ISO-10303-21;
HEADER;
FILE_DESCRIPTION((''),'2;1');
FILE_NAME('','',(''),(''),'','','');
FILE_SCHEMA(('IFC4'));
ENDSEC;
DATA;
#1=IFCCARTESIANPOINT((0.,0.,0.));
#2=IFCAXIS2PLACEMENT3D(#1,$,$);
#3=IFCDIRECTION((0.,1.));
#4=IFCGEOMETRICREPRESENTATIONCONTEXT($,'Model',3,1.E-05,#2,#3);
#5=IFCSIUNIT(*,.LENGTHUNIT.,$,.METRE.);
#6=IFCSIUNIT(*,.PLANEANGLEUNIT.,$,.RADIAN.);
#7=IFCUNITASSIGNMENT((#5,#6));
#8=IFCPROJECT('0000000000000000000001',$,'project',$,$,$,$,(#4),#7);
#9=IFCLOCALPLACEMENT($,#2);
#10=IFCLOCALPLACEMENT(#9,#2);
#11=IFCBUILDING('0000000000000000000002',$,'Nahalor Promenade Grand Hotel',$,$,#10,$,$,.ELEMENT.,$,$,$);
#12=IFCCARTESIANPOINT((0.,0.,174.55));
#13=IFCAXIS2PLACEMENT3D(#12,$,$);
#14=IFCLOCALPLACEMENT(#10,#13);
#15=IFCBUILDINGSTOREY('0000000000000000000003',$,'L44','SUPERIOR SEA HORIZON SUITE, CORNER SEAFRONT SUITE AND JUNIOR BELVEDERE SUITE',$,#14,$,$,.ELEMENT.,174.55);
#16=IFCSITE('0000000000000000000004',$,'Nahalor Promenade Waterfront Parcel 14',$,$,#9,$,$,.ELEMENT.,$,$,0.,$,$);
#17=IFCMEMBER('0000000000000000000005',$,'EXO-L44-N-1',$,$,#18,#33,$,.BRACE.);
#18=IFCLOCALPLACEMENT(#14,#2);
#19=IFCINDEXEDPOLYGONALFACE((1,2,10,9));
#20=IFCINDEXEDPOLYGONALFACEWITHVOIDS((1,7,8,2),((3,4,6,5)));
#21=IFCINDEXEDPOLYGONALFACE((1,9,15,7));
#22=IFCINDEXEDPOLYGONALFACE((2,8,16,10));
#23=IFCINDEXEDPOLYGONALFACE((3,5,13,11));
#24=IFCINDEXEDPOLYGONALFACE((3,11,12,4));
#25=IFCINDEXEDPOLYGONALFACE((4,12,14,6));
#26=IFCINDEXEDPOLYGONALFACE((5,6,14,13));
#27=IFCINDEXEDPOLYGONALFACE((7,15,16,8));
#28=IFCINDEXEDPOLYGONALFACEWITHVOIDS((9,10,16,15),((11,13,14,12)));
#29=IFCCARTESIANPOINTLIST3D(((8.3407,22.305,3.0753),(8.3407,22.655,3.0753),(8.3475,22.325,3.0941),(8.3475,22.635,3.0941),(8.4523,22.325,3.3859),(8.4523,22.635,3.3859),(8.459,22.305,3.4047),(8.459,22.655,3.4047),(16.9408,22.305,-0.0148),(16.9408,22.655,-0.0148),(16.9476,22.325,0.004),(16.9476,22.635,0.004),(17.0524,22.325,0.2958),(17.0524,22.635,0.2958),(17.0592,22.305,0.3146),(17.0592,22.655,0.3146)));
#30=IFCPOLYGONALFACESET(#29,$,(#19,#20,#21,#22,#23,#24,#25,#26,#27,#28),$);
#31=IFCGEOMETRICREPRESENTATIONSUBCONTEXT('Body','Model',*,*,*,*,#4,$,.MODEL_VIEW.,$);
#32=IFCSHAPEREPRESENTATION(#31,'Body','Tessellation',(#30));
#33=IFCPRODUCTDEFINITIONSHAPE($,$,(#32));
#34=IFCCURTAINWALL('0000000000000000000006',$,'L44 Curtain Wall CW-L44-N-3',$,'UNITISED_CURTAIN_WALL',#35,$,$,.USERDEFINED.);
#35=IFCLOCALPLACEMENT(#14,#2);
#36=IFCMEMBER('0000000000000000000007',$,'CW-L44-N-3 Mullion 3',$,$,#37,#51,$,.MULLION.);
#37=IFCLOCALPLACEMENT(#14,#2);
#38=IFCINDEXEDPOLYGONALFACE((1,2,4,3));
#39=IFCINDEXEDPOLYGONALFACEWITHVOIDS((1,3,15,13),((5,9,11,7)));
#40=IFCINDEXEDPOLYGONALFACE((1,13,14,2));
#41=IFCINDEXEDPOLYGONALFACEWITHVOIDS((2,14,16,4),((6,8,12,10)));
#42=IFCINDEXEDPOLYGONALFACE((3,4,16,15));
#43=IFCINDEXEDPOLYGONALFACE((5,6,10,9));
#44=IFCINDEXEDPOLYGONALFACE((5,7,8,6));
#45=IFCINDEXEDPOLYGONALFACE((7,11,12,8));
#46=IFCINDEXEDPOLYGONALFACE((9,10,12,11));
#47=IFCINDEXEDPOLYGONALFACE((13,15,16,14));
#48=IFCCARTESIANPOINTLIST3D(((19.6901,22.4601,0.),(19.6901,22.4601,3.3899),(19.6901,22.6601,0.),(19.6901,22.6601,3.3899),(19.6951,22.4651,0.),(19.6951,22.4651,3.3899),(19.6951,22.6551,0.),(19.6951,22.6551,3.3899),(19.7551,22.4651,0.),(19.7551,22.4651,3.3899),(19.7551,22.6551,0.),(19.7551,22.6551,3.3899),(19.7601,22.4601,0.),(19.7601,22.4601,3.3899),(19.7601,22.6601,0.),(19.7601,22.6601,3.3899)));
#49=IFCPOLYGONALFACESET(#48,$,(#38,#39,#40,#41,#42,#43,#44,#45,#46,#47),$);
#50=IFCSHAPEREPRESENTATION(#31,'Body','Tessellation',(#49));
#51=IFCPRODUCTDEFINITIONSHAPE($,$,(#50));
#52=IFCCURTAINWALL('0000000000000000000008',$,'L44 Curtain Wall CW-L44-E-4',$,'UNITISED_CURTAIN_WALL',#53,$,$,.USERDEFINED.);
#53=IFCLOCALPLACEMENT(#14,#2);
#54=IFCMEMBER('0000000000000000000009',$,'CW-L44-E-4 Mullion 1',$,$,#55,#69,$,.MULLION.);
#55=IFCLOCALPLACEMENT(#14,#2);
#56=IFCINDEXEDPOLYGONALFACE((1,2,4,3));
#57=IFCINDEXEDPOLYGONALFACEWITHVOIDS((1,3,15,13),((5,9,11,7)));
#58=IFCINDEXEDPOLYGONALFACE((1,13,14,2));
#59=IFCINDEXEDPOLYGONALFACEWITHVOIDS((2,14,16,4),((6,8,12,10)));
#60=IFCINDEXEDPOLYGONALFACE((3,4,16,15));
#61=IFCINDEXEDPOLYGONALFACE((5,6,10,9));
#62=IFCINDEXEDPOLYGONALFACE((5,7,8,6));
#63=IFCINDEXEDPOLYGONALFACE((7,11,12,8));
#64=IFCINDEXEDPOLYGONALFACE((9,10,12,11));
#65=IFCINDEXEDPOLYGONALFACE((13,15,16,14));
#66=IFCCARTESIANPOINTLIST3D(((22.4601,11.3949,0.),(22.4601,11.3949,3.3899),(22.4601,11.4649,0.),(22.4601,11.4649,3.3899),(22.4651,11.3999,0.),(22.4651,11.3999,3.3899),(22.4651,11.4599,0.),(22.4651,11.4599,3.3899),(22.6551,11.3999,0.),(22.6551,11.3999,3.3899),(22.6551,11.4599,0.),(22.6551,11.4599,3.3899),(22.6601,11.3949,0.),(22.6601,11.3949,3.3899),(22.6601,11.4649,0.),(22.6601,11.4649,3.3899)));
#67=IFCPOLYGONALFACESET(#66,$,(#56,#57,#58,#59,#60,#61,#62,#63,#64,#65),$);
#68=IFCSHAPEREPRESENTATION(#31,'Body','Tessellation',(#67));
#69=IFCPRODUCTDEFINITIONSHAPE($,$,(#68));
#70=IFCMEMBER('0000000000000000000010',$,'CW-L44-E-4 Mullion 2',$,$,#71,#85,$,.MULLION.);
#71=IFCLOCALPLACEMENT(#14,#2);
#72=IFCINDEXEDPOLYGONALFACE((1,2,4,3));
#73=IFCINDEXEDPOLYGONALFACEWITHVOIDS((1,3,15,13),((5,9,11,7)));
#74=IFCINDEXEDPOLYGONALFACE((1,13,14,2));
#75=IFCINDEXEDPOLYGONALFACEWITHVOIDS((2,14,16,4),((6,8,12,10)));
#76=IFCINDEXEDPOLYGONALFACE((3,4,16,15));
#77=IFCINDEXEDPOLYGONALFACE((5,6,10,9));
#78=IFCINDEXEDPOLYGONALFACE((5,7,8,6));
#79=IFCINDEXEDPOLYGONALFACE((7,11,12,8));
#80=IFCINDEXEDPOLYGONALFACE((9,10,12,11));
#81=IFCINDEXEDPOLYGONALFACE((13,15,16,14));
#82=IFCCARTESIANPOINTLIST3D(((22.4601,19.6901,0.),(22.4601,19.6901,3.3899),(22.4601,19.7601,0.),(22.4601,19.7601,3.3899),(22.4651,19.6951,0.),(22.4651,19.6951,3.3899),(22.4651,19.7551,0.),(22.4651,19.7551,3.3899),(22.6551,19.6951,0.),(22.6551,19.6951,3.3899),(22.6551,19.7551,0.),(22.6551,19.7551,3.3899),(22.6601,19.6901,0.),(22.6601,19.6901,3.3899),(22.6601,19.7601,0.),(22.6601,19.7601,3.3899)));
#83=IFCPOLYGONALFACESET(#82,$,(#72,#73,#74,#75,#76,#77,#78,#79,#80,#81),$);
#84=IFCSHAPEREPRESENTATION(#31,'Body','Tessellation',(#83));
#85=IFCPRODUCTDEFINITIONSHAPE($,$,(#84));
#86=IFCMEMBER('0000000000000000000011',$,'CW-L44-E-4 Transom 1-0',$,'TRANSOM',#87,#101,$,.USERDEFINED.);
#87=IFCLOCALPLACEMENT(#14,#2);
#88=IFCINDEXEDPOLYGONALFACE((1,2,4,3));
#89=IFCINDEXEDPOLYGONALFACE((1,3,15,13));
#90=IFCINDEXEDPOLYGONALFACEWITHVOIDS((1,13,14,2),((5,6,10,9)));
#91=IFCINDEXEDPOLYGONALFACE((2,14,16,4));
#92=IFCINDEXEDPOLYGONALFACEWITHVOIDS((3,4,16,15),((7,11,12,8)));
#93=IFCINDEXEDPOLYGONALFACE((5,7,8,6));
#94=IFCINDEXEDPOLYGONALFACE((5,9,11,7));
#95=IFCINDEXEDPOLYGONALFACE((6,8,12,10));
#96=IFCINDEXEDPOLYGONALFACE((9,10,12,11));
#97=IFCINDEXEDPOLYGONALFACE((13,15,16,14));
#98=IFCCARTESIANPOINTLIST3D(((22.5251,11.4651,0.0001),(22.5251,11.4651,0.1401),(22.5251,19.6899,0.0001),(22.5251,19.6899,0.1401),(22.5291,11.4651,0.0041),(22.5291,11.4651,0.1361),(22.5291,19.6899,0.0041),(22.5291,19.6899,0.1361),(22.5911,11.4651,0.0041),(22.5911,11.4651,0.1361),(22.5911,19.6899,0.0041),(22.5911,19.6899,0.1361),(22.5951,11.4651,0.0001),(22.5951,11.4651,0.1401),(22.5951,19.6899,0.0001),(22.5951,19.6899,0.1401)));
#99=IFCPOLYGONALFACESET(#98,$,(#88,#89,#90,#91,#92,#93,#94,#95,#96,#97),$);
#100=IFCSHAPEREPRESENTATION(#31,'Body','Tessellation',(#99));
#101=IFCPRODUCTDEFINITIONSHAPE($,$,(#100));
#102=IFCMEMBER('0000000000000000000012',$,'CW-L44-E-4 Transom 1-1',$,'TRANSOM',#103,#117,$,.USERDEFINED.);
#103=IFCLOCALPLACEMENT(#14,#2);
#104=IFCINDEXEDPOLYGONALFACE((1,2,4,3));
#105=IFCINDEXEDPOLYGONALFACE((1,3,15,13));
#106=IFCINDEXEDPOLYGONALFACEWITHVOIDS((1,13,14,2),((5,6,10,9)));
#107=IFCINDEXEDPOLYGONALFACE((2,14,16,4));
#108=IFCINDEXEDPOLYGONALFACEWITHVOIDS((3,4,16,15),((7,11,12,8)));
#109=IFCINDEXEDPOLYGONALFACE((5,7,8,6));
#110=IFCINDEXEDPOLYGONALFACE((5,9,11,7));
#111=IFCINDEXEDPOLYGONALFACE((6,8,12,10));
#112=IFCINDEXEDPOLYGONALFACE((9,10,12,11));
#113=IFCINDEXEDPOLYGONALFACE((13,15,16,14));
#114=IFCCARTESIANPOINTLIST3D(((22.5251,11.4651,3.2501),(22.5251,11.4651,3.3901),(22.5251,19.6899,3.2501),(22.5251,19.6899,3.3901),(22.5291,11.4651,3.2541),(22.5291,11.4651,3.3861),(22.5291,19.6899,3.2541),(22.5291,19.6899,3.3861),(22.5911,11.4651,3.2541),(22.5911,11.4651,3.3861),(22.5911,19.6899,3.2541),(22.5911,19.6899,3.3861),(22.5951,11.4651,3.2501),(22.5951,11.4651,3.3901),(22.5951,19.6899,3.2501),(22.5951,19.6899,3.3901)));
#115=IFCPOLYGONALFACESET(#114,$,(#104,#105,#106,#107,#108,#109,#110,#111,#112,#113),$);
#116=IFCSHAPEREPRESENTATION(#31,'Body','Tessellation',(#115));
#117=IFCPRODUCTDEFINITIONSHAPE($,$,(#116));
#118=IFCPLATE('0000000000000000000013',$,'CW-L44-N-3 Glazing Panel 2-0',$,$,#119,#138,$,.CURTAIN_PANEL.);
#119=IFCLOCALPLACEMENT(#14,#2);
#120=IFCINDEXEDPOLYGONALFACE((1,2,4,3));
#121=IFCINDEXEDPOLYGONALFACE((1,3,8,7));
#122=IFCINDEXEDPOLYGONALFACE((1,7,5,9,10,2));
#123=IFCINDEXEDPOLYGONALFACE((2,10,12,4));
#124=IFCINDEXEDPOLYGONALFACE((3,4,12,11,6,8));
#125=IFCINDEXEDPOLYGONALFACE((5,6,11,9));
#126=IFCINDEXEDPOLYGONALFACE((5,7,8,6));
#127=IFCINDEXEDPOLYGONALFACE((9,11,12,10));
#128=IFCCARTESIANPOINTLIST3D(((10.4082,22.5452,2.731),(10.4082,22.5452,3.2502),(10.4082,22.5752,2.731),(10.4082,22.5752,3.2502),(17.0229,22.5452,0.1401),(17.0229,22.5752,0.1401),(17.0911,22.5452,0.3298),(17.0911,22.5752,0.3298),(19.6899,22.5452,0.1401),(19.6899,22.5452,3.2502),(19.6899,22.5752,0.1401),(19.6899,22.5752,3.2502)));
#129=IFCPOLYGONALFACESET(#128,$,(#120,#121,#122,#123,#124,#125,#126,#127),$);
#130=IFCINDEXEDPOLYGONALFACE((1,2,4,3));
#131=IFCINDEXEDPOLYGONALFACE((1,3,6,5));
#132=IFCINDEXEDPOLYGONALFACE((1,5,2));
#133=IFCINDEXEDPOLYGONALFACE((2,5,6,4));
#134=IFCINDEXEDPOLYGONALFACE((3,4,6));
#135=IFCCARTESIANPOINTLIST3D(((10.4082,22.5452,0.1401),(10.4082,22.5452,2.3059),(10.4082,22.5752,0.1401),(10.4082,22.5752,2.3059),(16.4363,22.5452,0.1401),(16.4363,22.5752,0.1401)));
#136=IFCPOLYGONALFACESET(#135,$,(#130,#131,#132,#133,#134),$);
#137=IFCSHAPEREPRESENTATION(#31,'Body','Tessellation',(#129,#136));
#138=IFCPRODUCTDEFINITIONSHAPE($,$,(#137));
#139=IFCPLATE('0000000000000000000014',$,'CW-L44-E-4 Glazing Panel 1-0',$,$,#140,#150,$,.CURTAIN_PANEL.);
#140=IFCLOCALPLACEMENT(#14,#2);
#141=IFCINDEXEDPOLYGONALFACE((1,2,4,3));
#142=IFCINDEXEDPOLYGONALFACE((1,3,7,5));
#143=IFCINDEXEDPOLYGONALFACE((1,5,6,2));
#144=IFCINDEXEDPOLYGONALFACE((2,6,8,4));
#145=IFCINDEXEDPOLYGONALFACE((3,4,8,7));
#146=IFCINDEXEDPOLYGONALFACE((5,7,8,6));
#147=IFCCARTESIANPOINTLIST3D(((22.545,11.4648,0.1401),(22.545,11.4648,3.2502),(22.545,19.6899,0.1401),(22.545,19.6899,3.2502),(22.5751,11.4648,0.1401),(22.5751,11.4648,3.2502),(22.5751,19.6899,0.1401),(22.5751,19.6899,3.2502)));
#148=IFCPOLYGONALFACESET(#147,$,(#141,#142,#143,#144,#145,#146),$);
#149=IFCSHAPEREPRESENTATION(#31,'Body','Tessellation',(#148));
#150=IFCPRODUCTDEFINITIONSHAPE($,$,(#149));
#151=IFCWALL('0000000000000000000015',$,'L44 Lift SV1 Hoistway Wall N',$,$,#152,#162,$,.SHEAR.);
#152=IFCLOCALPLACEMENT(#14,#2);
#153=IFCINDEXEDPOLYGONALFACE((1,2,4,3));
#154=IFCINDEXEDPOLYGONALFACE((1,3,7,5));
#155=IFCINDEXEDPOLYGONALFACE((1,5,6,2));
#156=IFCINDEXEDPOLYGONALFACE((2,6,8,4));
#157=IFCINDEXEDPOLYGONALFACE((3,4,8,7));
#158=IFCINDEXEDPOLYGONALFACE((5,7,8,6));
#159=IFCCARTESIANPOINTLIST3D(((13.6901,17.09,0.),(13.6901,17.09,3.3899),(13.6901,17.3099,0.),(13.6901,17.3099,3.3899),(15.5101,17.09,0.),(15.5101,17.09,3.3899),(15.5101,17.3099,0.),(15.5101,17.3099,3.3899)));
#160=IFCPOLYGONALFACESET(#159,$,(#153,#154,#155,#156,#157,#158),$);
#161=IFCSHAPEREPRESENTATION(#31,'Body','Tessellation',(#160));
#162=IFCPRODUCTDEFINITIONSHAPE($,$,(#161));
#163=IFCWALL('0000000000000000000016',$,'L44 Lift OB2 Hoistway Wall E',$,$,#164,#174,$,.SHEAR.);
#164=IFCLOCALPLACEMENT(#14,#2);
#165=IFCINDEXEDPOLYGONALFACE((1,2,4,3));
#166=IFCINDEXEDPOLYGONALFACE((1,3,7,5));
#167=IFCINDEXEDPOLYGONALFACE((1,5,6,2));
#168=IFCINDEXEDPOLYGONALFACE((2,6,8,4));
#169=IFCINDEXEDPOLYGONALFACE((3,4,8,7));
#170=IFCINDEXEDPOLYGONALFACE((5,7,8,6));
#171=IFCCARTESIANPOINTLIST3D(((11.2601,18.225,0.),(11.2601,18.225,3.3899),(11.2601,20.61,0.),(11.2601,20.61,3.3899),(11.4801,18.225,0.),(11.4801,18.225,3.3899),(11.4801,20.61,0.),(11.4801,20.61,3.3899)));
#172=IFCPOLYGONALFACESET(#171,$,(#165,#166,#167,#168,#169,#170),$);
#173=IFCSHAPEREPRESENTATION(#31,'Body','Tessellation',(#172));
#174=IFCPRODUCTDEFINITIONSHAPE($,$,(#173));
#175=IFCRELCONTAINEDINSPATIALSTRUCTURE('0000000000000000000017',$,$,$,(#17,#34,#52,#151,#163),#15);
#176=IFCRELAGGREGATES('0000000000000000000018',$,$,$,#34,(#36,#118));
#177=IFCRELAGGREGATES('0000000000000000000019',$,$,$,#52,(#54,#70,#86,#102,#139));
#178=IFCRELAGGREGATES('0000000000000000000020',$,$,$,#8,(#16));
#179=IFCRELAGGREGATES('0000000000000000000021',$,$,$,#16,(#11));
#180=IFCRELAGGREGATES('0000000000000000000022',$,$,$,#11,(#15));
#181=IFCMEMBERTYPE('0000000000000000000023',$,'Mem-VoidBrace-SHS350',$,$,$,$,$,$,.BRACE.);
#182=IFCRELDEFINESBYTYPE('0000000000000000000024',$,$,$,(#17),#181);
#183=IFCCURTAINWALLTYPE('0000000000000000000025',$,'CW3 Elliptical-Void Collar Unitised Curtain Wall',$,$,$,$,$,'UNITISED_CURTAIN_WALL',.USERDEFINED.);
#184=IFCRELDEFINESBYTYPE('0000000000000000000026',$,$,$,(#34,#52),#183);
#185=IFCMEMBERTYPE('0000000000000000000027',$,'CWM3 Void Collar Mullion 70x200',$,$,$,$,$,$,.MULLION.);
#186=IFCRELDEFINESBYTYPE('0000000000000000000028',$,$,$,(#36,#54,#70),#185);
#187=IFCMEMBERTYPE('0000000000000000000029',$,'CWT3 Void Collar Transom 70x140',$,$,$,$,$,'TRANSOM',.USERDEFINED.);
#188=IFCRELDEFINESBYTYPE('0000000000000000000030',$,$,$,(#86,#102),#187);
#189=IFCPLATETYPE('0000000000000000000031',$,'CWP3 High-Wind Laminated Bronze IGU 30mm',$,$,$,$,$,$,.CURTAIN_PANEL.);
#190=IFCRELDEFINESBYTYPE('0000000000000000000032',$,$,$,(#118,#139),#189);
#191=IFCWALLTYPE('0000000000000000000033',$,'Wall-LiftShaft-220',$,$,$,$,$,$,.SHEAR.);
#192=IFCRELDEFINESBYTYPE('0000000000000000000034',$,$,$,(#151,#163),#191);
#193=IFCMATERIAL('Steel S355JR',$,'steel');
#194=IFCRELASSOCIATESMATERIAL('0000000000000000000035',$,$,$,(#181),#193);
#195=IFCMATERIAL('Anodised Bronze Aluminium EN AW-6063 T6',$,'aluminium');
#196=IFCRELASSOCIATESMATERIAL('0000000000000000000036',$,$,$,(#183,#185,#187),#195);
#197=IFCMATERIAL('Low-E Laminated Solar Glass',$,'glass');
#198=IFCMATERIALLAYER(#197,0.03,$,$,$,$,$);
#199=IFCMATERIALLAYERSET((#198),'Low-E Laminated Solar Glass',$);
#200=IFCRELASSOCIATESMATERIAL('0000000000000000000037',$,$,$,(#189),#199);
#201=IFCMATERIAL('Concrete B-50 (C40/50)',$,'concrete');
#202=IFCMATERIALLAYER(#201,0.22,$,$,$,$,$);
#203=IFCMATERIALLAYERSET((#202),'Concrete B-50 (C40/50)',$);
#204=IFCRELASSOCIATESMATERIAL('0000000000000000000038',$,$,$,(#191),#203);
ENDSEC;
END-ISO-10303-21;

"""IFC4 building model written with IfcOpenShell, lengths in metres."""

from ifc_helpers import new_model, si_unit, direction, frame, frame_2d, origin, origin_2d, place, context, subcontext, project, spatial, polyline, rectangle, hollow_rectangle, outline, extrude, source, transform, mapped, material, layer, layer_set, material_profile, profile_set, type_object, element, aggregate, save


model = new_model("IFC4")

# Units and contexts
model_context = context("Model", 3, precision=1e-05, world=origin(), true_north=direction((0.0, 1.0)))
body_context = subcontext(model_context, "Body", "Model", "MODEL_VIEW")
ifc_project = project(units=[si_unit("LENGTHUNIT", "METRE"), si_unit("PLANEANGLEUNIT", "RADIAN")], contexts=[model_context])

# Site, building, storey
site_placement = place(None, origin())
site = spatial("IfcSite", under=ifc_project, at=site_placement, Name="Nahalor Promenade Waterfront Parcel 14", CompositionType="ELEMENT", RefElevation=0.0)
building_placement = place(site_placement, origin())
building = spatial("IfcBuilding", under=site, at=building_placement, Name="Nahalor Promenade Grand Hotel", CompositionType="ELEMENT")
storey_placement = place(building_placement, frame((0.0, 0.0, 174.55)))
storey = spatial("IfcBuildingStorey", under=building, at=storey_placement, Name="L44", Description="SUPERIOR SEA HORIZON SUITE, CORNER SEAFRONT SUITE AND JUNIOR BELVEDERE SUITE", CompositionType="ELEMENT", Elevation=174.55)

# Shared definitions
ifc_material_1 = material(Name="Steel S355JR", Category="steel")

# Member
ifc_material_profile_1 = material_profile(ifc_material_1, hollow_rectangle(XDim=0.35, YDim=0.35, WallThickness=0.02, at=origin_2d()), Name="SHS 350x350x20")
ifc_profile_set_1 = profile_set([ifc_material_profile_1], Name="Steel S355JR")
member_type_1 = type_object("IfcMemberType", Name="Mem-VoidBrace-SHS350", PredefinedType="BRACE", material=ifc_profile_set_1)
shared_shape_1 = source(origin(), body_context, "Body", "SweptSolid", [
    extrude(hollow_rectangle(XDim=0.35, YDim=0.35, WallThickness=0.02, at=origin_2d()), origin(), (0.0, 0.0, 1.0), 9.1384),
])
member_1_placement = place(storey_placement, frame((17.0, 22.48, 0.1499), z_axis=(-0.941095, 0.0, 0.338143), x_axis=(0.0, -1.0, 0.0)))
element("IfcMember", 1, at=member_1_placement, inside=storey, type_object=member_type_1, Name="EXO-L44-N-1", PredefinedType="BRACE", context=body_context, shape_type="MappedRepresentation", body=[
    mapped(shared_shape_1, transform((0.0, 0.0, 0.0), scale=1.0)),
])

# Curtain wall, member
ifc_material_2 = material(Name="Anodised Bronze Aluminium EN AW-6063 T6", Category="aluminium")
curtain_wall_type = type_object("IfcCurtainWallType", Name="CW3 Elliptical-Void Collar Unitised Curtain Wall", ElementType="UNITISED_CURTAIN_WALL", PredefinedType="USERDEFINED", material=ifc_material_2)
curtain_wall_1_placement = place(storey_placement, origin())
curtain_wall_1 = element("IfcCurtainWall", 2, at=curtain_wall_1_placement, inside=storey, type_object=curtain_wall_type, Name="L44 Curtain Wall CW-L44-N-3", ObjectType="UNITISED_CURTAIN_WALL", PredefinedType="USERDEFINED")
ifc_material_profile_2 = material_profile(ifc_material_2, hollow_rectangle(XDim=0.07, YDim=0.2, WallThickness=0.005, at=origin_2d()), Name="CWM 70x200x5")
ifc_profile_set_2 = profile_set([ifc_material_profile_2], Name="Anodised Bronze Aluminium EN AW-6063 T6")
member_type_2 = type_object("IfcMemberType", Name="CWM3 Void Collar Mullion 70x200", PredefinedType="MULLION", material=ifc_profile_set_2)
shared_shape_2 = source(origin(), body_context, "Body", "SweptSolid", [
    extrude(hollow_rectangle(XDim=0.07, YDim=0.2, WallThickness=0.005, at=origin_2d()), origin(), (0.0, 0.0, 1.0), 3.3899),
])
member_2_placement = place(storey_placement, frame((19.7251, 22.5601, 0.0), z_axis=(0.0, 0.0, 1.0), x_axis=(1.0, 0.0, 0.0)))
member_2 = element("IfcMember", 3, at=member_2_placement, type_object=member_type_2, Name="CW-L44-N-3 Mullion 3", PredefinedType="MULLION", context=body_context, shape_type="MappedRepresentation", body=[
    mapped(shared_shape_2, transform((0.0, 0.0, 0.0), scale=1.0)),
])

# Curtain wall, members
curtain_wall_2_placement = place(storey_placement, origin())
curtain_wall_2 = element("IfcCurtainWall", 4, at=curtain_wall_2_placement, inside=storey, type_object=curtain_wall_type, Name="L44 Curtain Wall CW-L44-E-4", ObjectType="UNITISED_CURTAIN_WALL", PredefinedType="USERDEFINED")
member_3_placement = place(storey_placement, frame((22.5601, 11.4299, 0.0), z_axis=(0.0, 0.0, 1.0), x_axis=(0.0, 1.0, 0.0)))
member_3 = element("IfcMember", 5, at=member_3_placement, type_object=member_type_2, Name="CW-L44-E-4 Mullion 1", PredefinedType="MULLION", context=body_context, shape_type="MappedRepresentation", body=[
    mapped(shared_shape_2, transform((0.0, 0.0, 0.0), scale=1.0)),
])
member_4_placement = place(storey_placement, frame((22.5601, 19.7251, 0.0), z_axis=(0.0, 0.0, 1.0), x_axis=(0.0, 1.0, 0.0)))
member_4 = element("IfcMember", 6, at=member_4_placement, type_object=member_type_2, Name="CW-L44-E-4 Mullion 2", PredefinedType="MULLION", context=body_context, shape_type="MappedRepresentation", body=[
    mapped(shared_shape_2, transform((0.0, 0.0, 0.0), scale=1.0)),
])
ifc_material_profile_3 = material_profile(ifc_material_2, hollow_rectangle(XDim=0.07, YDim=0.14, WallThickness=0.004, at=origin_2d()), Name="CWT 70x140x4")
ifc_profile_set_3 = profile_set([ifc_material_profile_3], Name="Anodised Bronze Aluminium EN AW-6063 T6")
member_type_3 = type_object("IfcMemberType", Name="CWT3 Void Collar Transom 70x140", ElementType="TRANSOM", PredefinedType="USERDEFINED", material=ifc_profile_set_3)
shared_shape_3 = source(origin(), body_context, "Body", "SweptSolid", [
    extrude(hollow_rectangle(XDim=0.07, YDim=0.14, WallThickness=0.004, at=origin_2d()), origin(), (0.0, 0.0, 1.0), 8.2249),
])
member_5_placement = place(storey_placement, frame((22.5601, 11.4651, 0.0701), z_axis=(0.0, 1.0, 0.0), x_axis=(-1.0, 0.0, 0.0)))
member_5 = element("IfcMember", 7, at=member_5_placement, type_object=member_type_3, Name="CW-L44-E-4 Transom 1-0", ObjectType="TRANSOM", PredefinedType="USERDEFINED", context=body_context, shape_type="MappedRepresentation", body=[
    mapped(shared_shape_3, transform((0.0, 0.0, 0.0), scale=1.0)),
])
member_6_placement = place(storey_placement, frame((22.5601, 11.4651, 3.3201), z_axis=(0.0, 1.0, 0.0), x_axis=(-1.0, 0.0, 0.0)))
member_6 = element("IfcMember", 8, at=member_6_placement, type_object=member_type_3, Name="CW-L44-E-4 Transom 1-1", ObjectType="TRANSOM", PredefinedType="USERDEFINED", context=body_context, shape_type="MappedRepresentation", body=[
    mapped(shared_shape_3, transform((0.0, 0.0, 0.0), scale=1.0)),
])

# Plates
ifc_material_3 = material(Name="Low-E Laminated Solar Glass", Category="glass")
ifc_layer_1 = layer(ifc_material_3, 0.03)
ifc_layer_set_1 = layer_set([ifc_layer_1], Name="Low-E Laminated Solar Glass")
plate_type = type_object("IfcPlateType", Name="CWP3 High-Wind Laminated Bronze IGU 30mm", PredefinedType="CURTAIN_PANEL", material=ifc_layer_set_1)
plate_1_placement = place(storey_placement, frame((15.0491, 22.5601, 0.1401), z_axis=(0.0, 0.0, 1.0), x_axis=(1.0, 0.0, 0.0)))
plate_1 = element("IfcPlate", 9, at=plate_1_placement, type_object=plate_type, Name="CW-L44-N-3 Glazing Panel 2-0", PredefinedType="CURTAIN_PANEL", context=body_context, shape_type="SweptSolid", body=[
    extrude(outline(polyline([(4.6409, 3.1101), (-4.6409, 3.1101), (-4.6409, 2.5908), (2.042, 0.1897), (1.9739, 0.0), (4.6409, 0.0), (4.6409, 3.1101)])), frame((0.0, 0.0151, 0.0), z_axis=(0.0, -1.0, 0.0), x_axis=(1.0, 0.0, 0.0)), (0.0, 0.0, 1.0), 0.03),
    extrude(outline(polyline([(-4.6409, 2.1658), (-4.6409, 0.0), (1.3872, 0.0), (-4.6409, 2.1658)])), frame((0.0, 0.0151, 0.0), z_axis=(0.0, -1.0, 0.0), x_axis=(1.0, 0.0, 0.0)), (0.0, 0.0, 1.0), 0.03),
])
aggregate(curtain_wall_1, [member_2, plate_1])
shared_shape_4 = source(origin(), body_context, "Body", "SweptSolid", [
    extrude(rectangle(XDim=8.2251, YDim=0.03, at=origin_2d()), origin(), (0.0, 0.0, 1.0), 3.1101),
])
plate_2_placement = place(storey_placement, frame((22.5601, 15.5774, 0.1401), z_axis=(0.0, 0.0, 1.0), x_axis=(0.0, 1.0, 0.0)))
plate_2 = element("IfcPlate", 10, at=plate_2_placement, type_object=plate_type, Name="CW-L44-E-4 Glazing Panel 1-0", PredefinedType="CURTAIN_PANEL", context=body_context, shape_type="MappedRepresentation", body=[
    mapped(shared_shape_4, transform((0.0, 0.0, 0.0), scale=1.0)),
])
aggregate(curtain_wall_2, [member_3, member_4, member_5, member_6, plate_2])

# Walls
ifc_material_4 = material(Name="Concrete B-50 (C40/50)", Category="concrete")
ifc_layer_2 = layer(ifc_material_4, 0.22)
ifc_layer_set_2 = layer_set([ifc_layer_2], Name="Concrete B-50 (C40/50)")
wall_type_1 = type_object("IfcWallType", Name="Wall-LiftShaft-220", PredefinedType="SHEAR", material=ifc_layer_set_2)
shared_shape_5 = source(origin(), body_context, "Body", "SweptSolid", [
    extrude(rectangle(XDim=1.8201, YDim=0.22, at=frame_2d((0.9102, 0.0))), origin(), (0.0, 0.0, 1.0), 3.3899),
])
wall_1_placement = place(storey_placement, frame((13.6899, 17.2, 0.0), z_axis=(0.0, 0.0, 1.0), x_axis=(1.0, 0.0, 0.0)))
element("IfcWall", 11, at=wall_1_placement, inside=storey, type_object=wall_type_1, Name="L44 Lift SV1 Hoistway Wall N", PredefinedType="SHEAR", context=body_context, shape_type="MappedRepresentation", body=[
    mapped(shared_shape_5, transform((0.0, 0.0, 0.0), scale=1.0)),
])
shared_shape_6 = source(origin(), body_context, "Body", "SweptSolid", [
    extrude(rectangle(XDim=2.385, YDim=0.22, at=frame_2d((1.1924, 0.0))), origin(), (0.0, 0.0, 1.0), 3.3899),
])
wall_2_placement = place(storey_placement, frame((11.3701, 18.2251, 0.0), z_axis=(0.0, 0.0, 1.0), x_axis=(0.0, 1.0, 0.0)))
element("IfcWall", 12, at=wall_2_placement, inside=storey, type_object=wall_type_1, Name="L44 Lift OB2 Hoistway Wall E", PredefinedType="SHEAR", context=body_context, shape_type="MappedRepresentation", body=[
    mapped(shared_shape_6, transform((0.0, 0.0, 0.0), scale=1.0)),
])

save(model, "model.ifc")
